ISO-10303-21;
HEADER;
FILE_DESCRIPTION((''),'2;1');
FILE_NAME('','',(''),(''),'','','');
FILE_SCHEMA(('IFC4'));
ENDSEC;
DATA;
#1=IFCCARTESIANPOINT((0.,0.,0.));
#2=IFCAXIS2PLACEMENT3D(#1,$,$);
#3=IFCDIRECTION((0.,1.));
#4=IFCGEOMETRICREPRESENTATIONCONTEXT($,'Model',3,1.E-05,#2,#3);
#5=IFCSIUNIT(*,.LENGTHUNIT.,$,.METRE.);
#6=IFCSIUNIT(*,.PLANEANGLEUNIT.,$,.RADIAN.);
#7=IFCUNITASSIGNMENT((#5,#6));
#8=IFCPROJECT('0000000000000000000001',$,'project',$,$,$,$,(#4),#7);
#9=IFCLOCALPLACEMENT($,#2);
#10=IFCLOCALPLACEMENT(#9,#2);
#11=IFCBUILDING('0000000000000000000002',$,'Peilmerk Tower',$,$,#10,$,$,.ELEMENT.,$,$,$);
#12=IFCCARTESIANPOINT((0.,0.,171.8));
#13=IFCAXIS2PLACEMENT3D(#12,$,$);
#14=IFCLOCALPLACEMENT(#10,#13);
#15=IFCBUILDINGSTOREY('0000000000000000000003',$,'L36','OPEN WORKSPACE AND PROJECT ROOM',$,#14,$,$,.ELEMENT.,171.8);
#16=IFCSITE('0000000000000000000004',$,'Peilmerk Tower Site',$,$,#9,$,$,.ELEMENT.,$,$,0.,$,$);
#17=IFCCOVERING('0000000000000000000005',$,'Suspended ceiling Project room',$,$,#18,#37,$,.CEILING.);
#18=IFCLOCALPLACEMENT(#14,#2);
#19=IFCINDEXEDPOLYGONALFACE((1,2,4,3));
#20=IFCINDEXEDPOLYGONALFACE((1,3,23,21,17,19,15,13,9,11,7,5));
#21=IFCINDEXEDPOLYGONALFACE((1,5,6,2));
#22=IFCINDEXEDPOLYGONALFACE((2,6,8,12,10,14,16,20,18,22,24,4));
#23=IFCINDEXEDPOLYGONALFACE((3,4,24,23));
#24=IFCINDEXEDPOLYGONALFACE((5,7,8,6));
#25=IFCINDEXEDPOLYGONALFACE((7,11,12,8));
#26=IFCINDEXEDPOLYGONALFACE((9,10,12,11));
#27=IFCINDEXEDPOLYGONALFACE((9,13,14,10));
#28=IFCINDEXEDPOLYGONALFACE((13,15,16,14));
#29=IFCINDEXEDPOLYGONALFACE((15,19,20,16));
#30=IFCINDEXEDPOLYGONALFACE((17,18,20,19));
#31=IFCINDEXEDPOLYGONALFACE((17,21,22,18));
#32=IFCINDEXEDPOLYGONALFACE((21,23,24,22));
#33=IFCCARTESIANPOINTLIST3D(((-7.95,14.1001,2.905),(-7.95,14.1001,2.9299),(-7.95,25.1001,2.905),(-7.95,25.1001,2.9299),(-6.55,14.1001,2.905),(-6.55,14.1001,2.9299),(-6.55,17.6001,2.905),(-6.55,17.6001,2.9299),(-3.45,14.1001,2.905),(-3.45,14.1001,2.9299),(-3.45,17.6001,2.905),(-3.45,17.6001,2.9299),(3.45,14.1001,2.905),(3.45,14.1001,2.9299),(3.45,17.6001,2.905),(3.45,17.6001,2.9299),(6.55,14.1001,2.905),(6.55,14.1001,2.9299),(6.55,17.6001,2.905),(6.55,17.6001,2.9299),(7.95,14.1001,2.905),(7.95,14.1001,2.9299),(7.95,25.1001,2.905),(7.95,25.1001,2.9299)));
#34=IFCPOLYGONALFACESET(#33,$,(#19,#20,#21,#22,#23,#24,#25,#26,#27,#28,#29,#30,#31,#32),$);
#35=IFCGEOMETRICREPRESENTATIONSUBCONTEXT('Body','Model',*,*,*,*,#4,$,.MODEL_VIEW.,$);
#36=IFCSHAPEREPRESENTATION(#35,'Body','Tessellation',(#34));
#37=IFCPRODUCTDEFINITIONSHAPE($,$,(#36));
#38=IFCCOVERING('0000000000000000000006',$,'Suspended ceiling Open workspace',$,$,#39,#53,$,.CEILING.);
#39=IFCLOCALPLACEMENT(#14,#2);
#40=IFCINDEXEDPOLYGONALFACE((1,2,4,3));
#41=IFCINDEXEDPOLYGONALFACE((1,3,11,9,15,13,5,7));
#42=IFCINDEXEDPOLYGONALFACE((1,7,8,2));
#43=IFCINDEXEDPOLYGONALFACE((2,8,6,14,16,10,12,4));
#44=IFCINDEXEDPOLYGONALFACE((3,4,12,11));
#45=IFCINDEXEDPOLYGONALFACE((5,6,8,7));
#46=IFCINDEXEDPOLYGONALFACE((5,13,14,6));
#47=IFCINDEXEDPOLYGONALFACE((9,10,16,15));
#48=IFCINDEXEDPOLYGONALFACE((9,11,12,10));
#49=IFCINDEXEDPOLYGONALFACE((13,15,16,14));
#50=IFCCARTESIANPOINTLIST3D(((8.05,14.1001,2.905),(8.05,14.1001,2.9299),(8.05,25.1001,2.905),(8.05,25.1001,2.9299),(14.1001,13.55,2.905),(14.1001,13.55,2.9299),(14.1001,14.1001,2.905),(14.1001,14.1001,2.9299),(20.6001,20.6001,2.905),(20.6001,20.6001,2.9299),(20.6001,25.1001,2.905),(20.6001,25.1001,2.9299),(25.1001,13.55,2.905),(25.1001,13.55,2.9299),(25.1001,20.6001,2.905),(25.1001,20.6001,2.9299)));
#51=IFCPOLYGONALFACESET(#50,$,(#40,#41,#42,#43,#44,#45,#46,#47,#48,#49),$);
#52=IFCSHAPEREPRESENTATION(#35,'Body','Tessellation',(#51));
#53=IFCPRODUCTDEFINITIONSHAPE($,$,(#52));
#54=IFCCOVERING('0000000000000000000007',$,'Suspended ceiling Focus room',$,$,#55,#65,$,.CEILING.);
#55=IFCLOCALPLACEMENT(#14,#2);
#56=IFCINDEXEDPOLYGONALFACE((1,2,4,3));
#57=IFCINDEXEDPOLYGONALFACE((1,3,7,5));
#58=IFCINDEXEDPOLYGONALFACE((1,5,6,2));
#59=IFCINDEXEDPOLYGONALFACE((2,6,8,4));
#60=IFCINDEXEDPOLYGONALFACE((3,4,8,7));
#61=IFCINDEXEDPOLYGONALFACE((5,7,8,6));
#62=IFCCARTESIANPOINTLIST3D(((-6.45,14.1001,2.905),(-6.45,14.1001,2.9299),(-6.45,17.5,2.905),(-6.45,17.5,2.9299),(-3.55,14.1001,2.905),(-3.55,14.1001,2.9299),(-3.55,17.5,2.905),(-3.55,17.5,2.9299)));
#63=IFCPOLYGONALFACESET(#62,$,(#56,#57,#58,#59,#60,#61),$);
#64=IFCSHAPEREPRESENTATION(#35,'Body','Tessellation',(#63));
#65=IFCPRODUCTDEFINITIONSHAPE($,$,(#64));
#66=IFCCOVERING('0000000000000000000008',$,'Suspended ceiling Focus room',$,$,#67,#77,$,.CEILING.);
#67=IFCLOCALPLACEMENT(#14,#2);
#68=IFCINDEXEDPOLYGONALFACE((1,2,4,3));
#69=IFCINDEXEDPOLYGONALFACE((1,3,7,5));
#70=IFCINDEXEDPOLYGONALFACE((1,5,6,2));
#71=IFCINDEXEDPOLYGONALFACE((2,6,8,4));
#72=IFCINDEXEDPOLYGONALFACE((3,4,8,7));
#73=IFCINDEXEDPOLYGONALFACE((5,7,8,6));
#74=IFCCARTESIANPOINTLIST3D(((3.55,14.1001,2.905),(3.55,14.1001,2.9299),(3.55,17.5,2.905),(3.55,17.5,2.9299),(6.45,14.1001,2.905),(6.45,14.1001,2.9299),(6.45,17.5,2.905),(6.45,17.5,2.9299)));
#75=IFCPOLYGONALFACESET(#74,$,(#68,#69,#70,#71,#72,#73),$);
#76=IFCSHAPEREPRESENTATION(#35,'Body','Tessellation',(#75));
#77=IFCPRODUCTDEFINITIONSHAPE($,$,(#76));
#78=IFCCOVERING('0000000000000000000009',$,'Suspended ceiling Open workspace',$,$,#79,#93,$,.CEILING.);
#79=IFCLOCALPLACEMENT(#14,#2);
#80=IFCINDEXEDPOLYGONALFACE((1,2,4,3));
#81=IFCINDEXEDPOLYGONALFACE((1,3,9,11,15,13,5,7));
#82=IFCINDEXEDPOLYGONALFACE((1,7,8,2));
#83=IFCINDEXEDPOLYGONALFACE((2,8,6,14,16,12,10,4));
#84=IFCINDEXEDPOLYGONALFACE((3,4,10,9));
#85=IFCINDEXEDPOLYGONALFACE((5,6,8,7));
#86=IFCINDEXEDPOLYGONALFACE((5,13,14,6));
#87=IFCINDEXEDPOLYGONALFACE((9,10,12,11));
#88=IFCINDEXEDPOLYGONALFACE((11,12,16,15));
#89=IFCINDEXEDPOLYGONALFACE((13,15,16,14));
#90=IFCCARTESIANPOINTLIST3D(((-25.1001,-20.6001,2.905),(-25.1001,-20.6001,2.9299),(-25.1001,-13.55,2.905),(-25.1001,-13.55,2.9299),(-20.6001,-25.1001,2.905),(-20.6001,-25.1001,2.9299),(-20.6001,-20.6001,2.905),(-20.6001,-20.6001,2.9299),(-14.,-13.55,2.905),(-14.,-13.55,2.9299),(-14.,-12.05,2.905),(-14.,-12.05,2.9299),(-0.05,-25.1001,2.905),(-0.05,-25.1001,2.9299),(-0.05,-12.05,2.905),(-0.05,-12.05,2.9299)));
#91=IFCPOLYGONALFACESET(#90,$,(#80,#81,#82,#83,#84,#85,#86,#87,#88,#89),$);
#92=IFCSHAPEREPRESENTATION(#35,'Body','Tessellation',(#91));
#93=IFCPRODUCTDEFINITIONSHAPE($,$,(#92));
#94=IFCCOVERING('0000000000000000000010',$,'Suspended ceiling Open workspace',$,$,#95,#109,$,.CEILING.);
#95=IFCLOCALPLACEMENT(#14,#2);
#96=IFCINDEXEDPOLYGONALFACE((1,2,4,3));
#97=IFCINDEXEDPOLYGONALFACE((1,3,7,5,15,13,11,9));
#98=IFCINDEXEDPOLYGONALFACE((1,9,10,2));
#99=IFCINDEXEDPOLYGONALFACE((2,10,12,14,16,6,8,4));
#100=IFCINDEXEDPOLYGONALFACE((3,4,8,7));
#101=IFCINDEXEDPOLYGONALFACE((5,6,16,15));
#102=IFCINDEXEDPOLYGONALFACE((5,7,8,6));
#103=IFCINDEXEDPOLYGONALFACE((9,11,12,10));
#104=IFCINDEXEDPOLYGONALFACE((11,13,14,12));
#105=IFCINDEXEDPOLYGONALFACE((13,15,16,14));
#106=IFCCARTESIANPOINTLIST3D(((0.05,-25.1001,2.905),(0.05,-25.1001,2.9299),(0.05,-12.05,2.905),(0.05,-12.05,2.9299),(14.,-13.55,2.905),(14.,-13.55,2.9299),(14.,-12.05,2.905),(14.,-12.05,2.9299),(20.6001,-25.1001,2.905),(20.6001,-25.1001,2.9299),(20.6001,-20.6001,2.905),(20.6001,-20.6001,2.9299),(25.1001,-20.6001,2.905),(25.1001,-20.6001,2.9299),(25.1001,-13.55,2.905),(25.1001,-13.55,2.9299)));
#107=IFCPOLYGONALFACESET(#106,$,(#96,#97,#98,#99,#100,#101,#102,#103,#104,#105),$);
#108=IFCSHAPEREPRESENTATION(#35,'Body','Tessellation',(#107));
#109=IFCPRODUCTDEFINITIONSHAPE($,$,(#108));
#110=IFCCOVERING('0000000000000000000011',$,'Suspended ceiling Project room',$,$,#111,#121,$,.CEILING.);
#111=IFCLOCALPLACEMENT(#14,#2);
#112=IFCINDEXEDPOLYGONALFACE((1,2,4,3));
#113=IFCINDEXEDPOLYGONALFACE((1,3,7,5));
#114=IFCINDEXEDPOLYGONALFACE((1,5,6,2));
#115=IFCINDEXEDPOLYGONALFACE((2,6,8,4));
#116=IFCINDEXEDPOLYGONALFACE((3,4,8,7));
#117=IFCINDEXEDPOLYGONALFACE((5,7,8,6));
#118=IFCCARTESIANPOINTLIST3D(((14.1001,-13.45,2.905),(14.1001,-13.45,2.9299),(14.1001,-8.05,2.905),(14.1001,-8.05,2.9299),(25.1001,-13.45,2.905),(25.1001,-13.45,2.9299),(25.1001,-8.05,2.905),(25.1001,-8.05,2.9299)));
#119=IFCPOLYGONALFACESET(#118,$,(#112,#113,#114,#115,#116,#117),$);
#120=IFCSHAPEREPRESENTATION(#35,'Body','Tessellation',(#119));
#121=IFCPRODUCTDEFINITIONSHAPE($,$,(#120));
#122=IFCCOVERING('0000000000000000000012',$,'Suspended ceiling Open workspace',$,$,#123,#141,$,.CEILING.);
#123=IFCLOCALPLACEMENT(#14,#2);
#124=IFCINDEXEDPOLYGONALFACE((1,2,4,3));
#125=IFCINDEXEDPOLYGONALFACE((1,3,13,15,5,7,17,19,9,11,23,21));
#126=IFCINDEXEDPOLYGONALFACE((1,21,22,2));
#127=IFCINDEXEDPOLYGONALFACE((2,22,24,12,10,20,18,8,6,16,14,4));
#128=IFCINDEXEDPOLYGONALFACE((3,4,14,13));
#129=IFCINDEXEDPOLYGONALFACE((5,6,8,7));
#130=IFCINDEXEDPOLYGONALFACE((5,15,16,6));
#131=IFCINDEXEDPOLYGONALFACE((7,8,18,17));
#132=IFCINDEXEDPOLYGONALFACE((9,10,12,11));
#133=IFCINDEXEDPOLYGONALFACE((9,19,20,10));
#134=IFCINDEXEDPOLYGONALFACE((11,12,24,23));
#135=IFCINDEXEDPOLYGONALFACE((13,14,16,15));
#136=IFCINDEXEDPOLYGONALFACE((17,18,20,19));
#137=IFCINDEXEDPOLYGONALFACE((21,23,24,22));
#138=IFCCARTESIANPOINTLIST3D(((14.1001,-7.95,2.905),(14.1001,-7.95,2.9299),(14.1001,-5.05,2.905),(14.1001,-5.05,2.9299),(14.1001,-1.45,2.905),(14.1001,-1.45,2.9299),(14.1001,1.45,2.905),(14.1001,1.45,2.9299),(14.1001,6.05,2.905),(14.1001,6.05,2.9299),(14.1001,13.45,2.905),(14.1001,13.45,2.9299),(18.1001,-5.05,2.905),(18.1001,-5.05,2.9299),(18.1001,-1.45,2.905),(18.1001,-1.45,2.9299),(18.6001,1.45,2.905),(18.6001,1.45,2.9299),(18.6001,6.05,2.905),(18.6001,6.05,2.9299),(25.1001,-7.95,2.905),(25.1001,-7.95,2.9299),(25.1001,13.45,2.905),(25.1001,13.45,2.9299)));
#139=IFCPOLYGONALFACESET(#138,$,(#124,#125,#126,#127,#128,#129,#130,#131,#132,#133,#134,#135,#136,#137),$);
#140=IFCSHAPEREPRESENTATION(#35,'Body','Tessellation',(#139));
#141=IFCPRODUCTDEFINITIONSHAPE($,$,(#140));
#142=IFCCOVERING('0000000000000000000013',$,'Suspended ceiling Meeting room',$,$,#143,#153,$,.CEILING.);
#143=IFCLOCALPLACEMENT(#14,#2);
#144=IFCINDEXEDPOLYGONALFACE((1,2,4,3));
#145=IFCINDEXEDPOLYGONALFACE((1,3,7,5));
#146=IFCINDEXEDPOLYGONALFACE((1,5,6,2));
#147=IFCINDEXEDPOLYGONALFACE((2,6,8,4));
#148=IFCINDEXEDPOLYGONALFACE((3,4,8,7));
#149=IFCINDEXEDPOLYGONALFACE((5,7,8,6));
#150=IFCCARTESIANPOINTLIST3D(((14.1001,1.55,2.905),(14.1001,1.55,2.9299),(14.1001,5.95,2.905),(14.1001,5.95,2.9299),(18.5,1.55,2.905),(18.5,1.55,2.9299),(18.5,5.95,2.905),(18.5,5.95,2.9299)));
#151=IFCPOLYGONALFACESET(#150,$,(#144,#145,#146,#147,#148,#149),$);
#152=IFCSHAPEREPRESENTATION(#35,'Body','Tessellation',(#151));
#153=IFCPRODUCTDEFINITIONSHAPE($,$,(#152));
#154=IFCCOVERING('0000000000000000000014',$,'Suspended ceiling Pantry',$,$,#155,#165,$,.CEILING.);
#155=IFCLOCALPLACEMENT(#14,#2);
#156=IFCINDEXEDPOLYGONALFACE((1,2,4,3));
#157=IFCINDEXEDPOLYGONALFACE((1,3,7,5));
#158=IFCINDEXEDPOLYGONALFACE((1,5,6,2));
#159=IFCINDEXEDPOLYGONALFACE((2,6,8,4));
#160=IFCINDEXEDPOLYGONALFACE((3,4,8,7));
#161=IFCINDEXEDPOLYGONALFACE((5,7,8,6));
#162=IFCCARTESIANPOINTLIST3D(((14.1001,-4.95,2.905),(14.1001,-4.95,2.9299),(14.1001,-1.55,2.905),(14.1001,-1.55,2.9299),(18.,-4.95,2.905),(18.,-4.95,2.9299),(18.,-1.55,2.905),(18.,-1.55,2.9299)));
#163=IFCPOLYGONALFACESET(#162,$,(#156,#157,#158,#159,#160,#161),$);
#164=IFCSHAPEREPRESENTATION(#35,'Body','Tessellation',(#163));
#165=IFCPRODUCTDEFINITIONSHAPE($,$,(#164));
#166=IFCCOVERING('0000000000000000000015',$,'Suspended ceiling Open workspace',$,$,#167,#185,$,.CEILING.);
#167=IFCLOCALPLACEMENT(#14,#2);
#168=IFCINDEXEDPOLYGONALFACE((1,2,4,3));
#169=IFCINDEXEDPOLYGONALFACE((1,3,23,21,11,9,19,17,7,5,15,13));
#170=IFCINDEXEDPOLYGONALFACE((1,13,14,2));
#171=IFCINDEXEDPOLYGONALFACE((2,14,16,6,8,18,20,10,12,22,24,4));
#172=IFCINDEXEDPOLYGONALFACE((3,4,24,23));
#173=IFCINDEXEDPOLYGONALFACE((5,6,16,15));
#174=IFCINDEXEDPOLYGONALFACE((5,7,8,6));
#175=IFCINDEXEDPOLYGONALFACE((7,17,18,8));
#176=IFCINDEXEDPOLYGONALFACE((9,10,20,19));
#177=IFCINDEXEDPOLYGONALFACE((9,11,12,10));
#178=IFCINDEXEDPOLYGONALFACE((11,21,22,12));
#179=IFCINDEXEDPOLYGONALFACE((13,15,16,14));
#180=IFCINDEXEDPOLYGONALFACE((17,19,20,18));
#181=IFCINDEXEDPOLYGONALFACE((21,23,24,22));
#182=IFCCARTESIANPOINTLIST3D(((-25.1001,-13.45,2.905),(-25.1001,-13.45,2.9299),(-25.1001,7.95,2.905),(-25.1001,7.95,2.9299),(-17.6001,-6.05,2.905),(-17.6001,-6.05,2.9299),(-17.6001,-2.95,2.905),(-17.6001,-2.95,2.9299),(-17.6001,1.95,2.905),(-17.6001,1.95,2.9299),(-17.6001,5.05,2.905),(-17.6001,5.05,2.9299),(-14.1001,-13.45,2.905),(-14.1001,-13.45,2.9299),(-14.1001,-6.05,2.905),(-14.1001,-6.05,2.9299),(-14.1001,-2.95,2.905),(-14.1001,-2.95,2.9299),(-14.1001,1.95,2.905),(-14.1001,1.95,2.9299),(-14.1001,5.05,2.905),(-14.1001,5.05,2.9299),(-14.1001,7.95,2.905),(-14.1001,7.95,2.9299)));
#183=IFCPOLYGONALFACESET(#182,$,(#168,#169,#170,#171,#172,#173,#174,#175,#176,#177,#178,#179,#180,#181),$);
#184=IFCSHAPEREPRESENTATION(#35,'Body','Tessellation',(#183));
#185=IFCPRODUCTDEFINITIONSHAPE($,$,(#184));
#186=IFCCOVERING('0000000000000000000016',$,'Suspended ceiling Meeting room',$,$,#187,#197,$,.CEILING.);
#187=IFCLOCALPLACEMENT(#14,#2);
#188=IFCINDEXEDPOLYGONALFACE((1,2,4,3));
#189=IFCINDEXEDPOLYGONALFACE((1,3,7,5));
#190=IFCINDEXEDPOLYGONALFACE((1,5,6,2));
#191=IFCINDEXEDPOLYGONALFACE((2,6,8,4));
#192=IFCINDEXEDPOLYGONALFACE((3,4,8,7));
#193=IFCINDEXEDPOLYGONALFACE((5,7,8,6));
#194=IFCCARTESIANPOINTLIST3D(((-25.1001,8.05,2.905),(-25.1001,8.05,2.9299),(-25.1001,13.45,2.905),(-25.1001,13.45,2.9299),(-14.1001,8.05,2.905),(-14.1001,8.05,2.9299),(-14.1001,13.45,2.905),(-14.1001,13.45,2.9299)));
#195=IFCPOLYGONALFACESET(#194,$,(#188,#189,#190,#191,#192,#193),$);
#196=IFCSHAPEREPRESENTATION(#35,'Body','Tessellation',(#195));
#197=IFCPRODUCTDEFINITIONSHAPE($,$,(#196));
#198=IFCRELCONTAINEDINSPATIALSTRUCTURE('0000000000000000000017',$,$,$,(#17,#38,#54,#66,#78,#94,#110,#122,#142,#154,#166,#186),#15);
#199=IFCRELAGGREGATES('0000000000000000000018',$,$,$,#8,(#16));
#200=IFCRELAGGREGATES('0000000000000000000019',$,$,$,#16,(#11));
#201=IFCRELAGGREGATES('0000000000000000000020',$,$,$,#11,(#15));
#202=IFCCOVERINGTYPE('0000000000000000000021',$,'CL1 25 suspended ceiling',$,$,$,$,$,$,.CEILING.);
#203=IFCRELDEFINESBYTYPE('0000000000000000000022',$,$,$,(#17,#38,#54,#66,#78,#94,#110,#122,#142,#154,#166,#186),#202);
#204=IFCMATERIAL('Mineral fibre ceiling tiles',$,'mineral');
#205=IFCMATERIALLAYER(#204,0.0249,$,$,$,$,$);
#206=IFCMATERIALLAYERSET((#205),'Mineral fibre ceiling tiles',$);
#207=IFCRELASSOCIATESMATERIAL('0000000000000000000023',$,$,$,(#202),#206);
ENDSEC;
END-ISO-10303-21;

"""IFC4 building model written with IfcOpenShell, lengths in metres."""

from ifc_helpers import new_model, si_unit, direction, frame, origin, place, context, subcontext, project, spatial, polyline, outline, extrude, material, layer, layer_set, type_object, element, save


model = new_model("IFC4")

# Units and contexts
model_context = context("Model", 3, precision=1e-05, world=origin(), true_north=direction((0.0, 1.0)))
body_context = subcontext(model_context, "Body", "Model", "MODEL_VIEW")
ifc_project = project(units=[si_unit("LENGTHUNIT", "METRE"), si_unit("PLANEANGLEUNIT", "RADIAN")], contexts=[model_context])

# Site, building, storey
site_placement = place(None, origin())
site = spatial("IfcSite", under=ifc_project, at=site_placement, Name="Peilmerk Tower Site", CompositionType="ELEMENT", RefElevation=0.0)
building_placement = place(site_placement, origin())
building = spatial("IfcBuilding", under=site, at=building_placement, Name="Peilmerk Tower", CompositionType="ELEMENT")
storey_placement = place(building_placement, frame((0.0, 0.0, 171.8)))
storey = spatial("IfcBuildingStorey", under=building, at=storey_placement, Name="L36", Description="OPEN WORKSPACE AND PROJECT ROOM", CompositionType="ELEMENT", Elevation=171.8)

# Coverings
ifc_material_1 = material(Name="Mineral fibre ceiling tiles", Category="mineral")
ifc_layer_1 = layer(ifc_material_1, 0.0249)
ifc_layer_set_1 = layer_set([ifc_layer_1], Name="Mineral fibre ceiling tiles")
covering_type = type_object("IfcCoveringType", Name="CL1 25 suspended ceiling", PredefinedType="CEILING", material=ifc_layer_set_1)
covering_1_placement = place(storey_placement, frame((0.0, 0.0, 2.905)))
element("IfcCovering", 1, at=covering_1_placement, inside=storey, type_object=covering_type, Name="Suspended ceiling Project room", PredefinedType="CEILING", context=body_context, shape_type="SweptSolid", body=[
    extrude(outline(polyline([(7.95, 14.1001), (7.95, 25.1001), (-7.95, 25.1001), (-7.95, 14.1001), (-6.55, 14.1001), (-6.55, 17.6001), (-3.45, 17.6001), (-3.45, 14.1001), (3.45, 14.1001), (3.45, 17.6001), (6.55, 17.6001), (6.55, 14.1001), (7.95, 14.1001)])), origin(), (0.0, 0.0, 1.0), 0.0249),
])
covering_2_placement = place(storey_placement, frame((0.0, 0.0, 2.905)))
element("IfcCovering", 2, at=covering_2_placement, inside=storey, type_object=covering_type, Name="Suspended ceiling Open workspace", PredefinedType="CEILING", context=body_context, shape_type="SweptSolid", body=[
    extrude(outline(polyline([(20.6001, 25.1001), (8.05, 25.1001), (8.05, 14.1001), (14.1001, 14.1001), (14.1001, 13.55), (25.1001, 13.55), (25.1001, 20.6001), (20.6001, 20.6001), (20.6001, 25.1001)])), origin(), (0.0, 0.0, 1.0), 0.0249),
])
covering_3_placement = place(storey_placement, frame((0.0, 0.0, 2.905)))
element("IfcCovering", 3, at=covering_3_placement, inside=storey, type_object=covering_type, Name="Suspended ceiling Focus room", PredefinedType="CEILING", context=body_context, shape_type="SweptSolid", body=[
    extrude(outline(polyline([(-3.55, 14.1001), (-3.55, 17.5), (-6.45, 17.5), (-6.45, 14.1001), (-3.55, 14.1001)])), origin(), (0.0, 0.0, 1.0), 0.0249),
])
covering_4_placement = place(storey_placement, frame((0.0, 0.0, 2.905)))
element("IfcCovering", 4, at=covering_4_placement, inside=storey, type_object=covering_type, Name="Suspended ceiling Focus room", PredefinedType="CEILING", context=body_context, shape_type="SweptSolid", body=[
    extrude(outline(polyline([(6.45, 14.1001), (6.45, 17.5), (3.55, 17.5), (3.55, 14.1001), (6.45, 14.1001)])), origin(), (0.0, 0.0, 1.0), 0.0249),
])
covering_5_placement = place(storey_placement, frame((0.0, 0.0, 2.905)))
element("IfcCovering", 5, at=covering_5_placement, inside=storey, type_object=covering_type, Name="Suspended ceiling Open workspace", PredefinedType="CEILING", context=body_context, shape_type="SweptSolid", body=[
    extrude(outline(polyline([(-20.6001, -25.1001), (-0.05, -25.1001), (-0.05, -12.05), (-14.0, -12.05), (-14.0, -13.55), (-25.1001, -13.55), (-25.1001, -20.6001), (-20.6001, -20.6001), (-20.6001, -25.1001)])), origin(), (0.0, 0.0, 1.0), 0.0249),
])
covering_6_placement = place(storey_placement, frame((0.0, 0.0, 2.905)))
element("IfcCovering", 6, at=covering_6_placement, inside=storey, type_object=covering_type, Name="Suspended ceiling Open workspace", PredefinedType="CEILING", context=body_context, shape_type="SweptSolid", body=[
    extrude(outline(polyline([(0.05, -25.1001), (20.6001, -25.1001), (20.6001, -20.6001), (25.1001, -20.6001), (25.1001, -13.55), (14.0, -13.55), (14.0, -12.05), (0.05, -12.05), (0.05, -25.1001)])), origin(), (0.0, 0.0, 1.0), 0.0249),
])
covering_7_placement = place(storey_placement, frame((0.0, 0.0, 2.905)))
element("IfcCovering", 7, at=covering_7_placement, inside=storey, type_object=covering_type, Name="Suspended ceiling Project room", PredefinedType="CEILING", context=body_context, shape_type="SweptSolid", body=[
    extrude(outline(polyline([(25.1001, -13.45), (25.1001, -8.05), (14.1001, -8.05), (14.1001, -13.45), (25.1001, -13.45)])), origin(), (0.0, 0.0, 1.0), 0.0249),
])
covering_8_placement = place(storey_placement, frame((0.0, 0.0, 2.905)))
element("IfcCovering", 8, at=covering_8_placement, inside=storey, type_object=covering_type, Name="Suspended ceiling Open workspace", PredefinedType="CEILING", context=body_context, shape_type="SweptSolid", body=[
    extrude(outline(polyline([(14.1001, -7.95), (25.1001, -7.95), (25.1001, 13.45), (14.1001, 13.45), (14.1001, 6.05), (18.6001, 6.05), (18.6001, 1.45), (14.1001, 1.45), (14.1001, -1.45), (18.1001, -1.45), (18.1001, -5.05), (14.1001, -5.05), (14.1001, -7.95)])), origin(), (0.0, 0.0, 1.0), 0.0249),
])
covering_9_placement = place(storey_placement, frame((0.0, 0.0, 2.905)))
element("IfcCovering", 9, at=covering_9_placement, inside=storey, type_object=covering_type, Name="Suspended ceiling Meeting room", PredefinedType="CEILING", context=body_context, shape_type="SweptSolid", body=[
    extrude(outline(polyline([(18.5, 1.55), (18.5, 5.95), (14.1001, 5.95), (14.1001, 1.55), (18.5, 1.55)])), origin(), (0.0, 0.0, 1.0), 0.0249),
])
covering_10_placement = place(storey_placement, frame((0.0, 0.0, 2.905)))
element("IfcCovering", 10, at=covering_10_placement, inside=storey, type_object=covering_type, Name="Suspended ceiling Pantry", PredefinedType="CEILING", context=body_context, shape_type="SweptSolid", body=[
    extrude(outline(polyline([(18.0, -4.95), (18.0, -1.55), (14.1001, -1.55), (14.1001, -4.95), (18.0, -4.95)])), origin(), (0.0, 0.0, 1.0), 0.0249),
])
covering_11_placement = place(storey_placement, frame((0.0, 0.0, 2.905)))
element("IfcCovering", 11, at=covering_11_placement, inside=storey, type_object=covering_type, Name="Suspended ceiling Open workspace", PredefinedType="CEILING", context=body_context, shape_type="SweptSolid", body=[
    extrude(outline(polyline([(-14.1001, 7.95), (-25.1001, 7.95), (-25.1001, -13.45), (-14.1001, -13.45), (-14.1001, -6.05), (-17.6001, -6.05), (-17.6001, -2.95), (-14.1001, -2.95), (-14.1001, 1.95), (-17.6001, 1.95), (-17.6001, 5.05), (-14.1001, 5.05), (-14.1001, 7.95)])), origin(), (0.0, 0.0, 1.0), 0.0249),
])
covering_12_placement = place(storey_placement, frame((0.0, 0.0, 2.905)))
element("IfcCovering", 12, at=covering_12_placement, inside=storey, type_object=covering_type, Name="Suspended ceiling Meeting room", PredefinedType="CEILING", context=body_context, shape_type="SweptSolid", body=[
    extrude(outline(polyline([(-25.1001, 13.45), (-25.1001, 8.05), (-14.1001, 8.05), (-14.1001, 13.45), (-25.1001, 13.45)])), origin(), (0.0, 0.0, 1.0), 0.0249),
])

save(model, "model.ifc")
